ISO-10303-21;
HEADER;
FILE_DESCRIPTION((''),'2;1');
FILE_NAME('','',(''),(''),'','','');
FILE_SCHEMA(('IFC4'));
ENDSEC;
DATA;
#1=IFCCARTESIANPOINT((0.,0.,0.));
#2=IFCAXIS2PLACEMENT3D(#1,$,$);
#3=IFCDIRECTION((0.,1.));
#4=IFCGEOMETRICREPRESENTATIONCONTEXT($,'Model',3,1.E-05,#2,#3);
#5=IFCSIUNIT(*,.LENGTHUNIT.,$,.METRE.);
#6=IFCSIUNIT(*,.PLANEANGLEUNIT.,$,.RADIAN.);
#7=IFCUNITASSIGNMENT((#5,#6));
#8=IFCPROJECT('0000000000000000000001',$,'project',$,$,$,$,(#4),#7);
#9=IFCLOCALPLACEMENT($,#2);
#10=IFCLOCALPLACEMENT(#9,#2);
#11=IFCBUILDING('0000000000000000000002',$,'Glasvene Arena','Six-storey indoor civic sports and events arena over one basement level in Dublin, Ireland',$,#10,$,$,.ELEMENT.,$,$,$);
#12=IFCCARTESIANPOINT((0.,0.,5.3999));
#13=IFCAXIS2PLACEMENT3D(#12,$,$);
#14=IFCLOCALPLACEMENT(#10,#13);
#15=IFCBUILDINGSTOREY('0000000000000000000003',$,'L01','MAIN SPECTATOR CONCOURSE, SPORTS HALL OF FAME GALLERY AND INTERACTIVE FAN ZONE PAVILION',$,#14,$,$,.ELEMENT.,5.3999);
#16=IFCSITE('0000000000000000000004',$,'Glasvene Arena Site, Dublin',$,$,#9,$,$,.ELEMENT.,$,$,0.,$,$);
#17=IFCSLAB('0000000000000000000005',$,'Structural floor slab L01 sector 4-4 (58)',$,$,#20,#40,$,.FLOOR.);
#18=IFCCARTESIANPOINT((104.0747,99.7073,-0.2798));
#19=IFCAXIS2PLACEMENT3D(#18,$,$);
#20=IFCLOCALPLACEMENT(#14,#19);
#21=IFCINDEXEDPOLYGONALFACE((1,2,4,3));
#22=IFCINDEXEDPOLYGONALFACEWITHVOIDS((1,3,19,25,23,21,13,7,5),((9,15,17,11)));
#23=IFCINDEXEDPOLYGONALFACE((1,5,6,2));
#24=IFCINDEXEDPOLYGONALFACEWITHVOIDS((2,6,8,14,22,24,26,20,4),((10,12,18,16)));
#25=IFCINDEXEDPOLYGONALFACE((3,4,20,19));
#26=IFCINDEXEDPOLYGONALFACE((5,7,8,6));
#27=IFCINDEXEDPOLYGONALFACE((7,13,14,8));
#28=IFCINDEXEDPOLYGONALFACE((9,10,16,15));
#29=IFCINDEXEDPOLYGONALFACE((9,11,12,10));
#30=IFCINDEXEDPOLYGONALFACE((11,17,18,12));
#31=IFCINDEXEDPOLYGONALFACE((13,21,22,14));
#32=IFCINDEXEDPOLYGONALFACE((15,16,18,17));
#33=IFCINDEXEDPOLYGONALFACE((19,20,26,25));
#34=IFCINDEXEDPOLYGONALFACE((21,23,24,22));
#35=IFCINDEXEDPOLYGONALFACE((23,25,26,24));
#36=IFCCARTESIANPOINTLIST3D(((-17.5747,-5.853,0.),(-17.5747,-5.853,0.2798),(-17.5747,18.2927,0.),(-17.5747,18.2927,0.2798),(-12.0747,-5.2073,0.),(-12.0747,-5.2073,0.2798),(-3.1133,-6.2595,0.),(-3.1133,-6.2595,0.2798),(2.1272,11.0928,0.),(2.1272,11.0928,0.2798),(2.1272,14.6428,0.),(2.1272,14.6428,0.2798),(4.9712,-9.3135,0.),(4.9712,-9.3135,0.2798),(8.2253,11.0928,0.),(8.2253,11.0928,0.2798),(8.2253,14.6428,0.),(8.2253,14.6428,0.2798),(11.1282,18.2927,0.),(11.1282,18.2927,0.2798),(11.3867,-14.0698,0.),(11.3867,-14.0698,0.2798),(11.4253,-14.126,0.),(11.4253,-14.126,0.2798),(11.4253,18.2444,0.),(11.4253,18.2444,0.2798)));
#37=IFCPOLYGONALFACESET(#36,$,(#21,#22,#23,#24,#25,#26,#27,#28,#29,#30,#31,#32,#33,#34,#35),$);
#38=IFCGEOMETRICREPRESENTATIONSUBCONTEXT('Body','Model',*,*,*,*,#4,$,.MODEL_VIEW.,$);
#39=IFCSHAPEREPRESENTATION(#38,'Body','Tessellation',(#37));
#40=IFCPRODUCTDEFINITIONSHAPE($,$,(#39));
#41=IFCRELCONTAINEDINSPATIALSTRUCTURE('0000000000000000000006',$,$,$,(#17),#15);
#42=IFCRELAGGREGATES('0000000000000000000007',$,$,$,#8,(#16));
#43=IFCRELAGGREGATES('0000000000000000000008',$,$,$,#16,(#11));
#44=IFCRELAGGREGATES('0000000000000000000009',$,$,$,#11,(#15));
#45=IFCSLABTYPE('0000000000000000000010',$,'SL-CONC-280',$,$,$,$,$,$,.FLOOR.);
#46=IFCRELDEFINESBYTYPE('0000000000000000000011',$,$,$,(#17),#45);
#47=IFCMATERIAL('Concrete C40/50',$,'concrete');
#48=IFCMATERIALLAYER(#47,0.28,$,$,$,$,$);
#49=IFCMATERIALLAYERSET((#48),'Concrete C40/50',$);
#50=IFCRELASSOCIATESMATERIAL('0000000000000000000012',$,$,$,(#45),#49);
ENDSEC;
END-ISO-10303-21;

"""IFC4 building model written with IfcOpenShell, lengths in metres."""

from ifc_helpers import new_model, si_unit, direction, frame, origin, place, context, subcontext, project, spatial, polyline, outline, extrude, material, layer, layer_set, type_object, element, save


model = new_model("IFC4")

# Units and contexts
model_context = context("Model", 3, precision=1e-05, world=origin(), true_north=direction((0.0, 1.0)))
body_context = subcontext(model_context, "Body", "Model", "MODEL_VIEW")
ifc_project = project(units=[si_unit("LENGTHUNIT", "METRE"), si_unit("PLANEANGLEUNIT", "RADIAN")], contexts=[model_context])

# Site, building, storey
site_placement = place(None, origin())
site = spatial("IfcSite", under=ifc_project, at=site_placement, Name="Glasvene Arena Site, Dublin", CompositionType="ELEMENT", RefElevation=0.0)
building_placement = place(site_placement, origin())
building = spatial("IfcBuilding", under=site, at=building_placement, Name="Glasvene Arena", Description="Six-storey indoor civic sports and events arena over one basement level in Dublin, Ireland", CompositionType="ELEMENT")
storey_placement = place(building_placement, frame((0.0, 0.0, 5.3999)))
storey = spatial("IfcBuildingStorey", under=building, at=storey_placement, Name="L01", Description="MAIN SPECTATOR CONCOURSE, SPORTS HALL OF FAME GALLERY AND INTERACTIVE FAN ZONE PAVILION", CompositionType="ELEMENT", Elevation=5.3999)

# Shared definitions
ifc_material_1 = material(Name="Concrete C40/50", Category="concrete")

# Slab
ifc_layer_1 = layer(ifc_material_1, 0.28)
ifc_layer_set_1 = layer_set([ifc_layer_1], Name="Concrete C40/50")
slab_type = type_object("IfcSlabType", Name="SL-CONC-280", PredefinedType="FLOOR", material=ifc_layer_set_1)
slab_placement = place(storey_placement, frame((104.0747, 99.7073, -0.2798)))
element("IfcSlab", 1, at=slab_placement, inside=storey, type_object=slab_type, Name="Structural floor slab L01 sector 4-4 (58)", PredefinedType="FLOOR", context=body_context, shape_type="SweptSolid", body=[
    extrude(outline(polyline([(11.3867, -14.0698), (4.9712, -9.3135), (-3.1133, -6.2595), (-12.0747, -5.2073), (-17.5747, -5.853), (-17.5747, 18.2927), (11.1282, 18.2927), (11.4253, 18.2444), (11.4253, -14.126), (11.3867, -14.0698)]), holes=[polyline([(8.2253, 11.0928), (8.2253, 14.6428), (2.1272, 14.6428), (2.1272, 11.0928), (8.2253, 11.0928)])]), origin(), (0.0, 0.0, 1.0), 0.2798),
])

save(model, "model.ifc")
